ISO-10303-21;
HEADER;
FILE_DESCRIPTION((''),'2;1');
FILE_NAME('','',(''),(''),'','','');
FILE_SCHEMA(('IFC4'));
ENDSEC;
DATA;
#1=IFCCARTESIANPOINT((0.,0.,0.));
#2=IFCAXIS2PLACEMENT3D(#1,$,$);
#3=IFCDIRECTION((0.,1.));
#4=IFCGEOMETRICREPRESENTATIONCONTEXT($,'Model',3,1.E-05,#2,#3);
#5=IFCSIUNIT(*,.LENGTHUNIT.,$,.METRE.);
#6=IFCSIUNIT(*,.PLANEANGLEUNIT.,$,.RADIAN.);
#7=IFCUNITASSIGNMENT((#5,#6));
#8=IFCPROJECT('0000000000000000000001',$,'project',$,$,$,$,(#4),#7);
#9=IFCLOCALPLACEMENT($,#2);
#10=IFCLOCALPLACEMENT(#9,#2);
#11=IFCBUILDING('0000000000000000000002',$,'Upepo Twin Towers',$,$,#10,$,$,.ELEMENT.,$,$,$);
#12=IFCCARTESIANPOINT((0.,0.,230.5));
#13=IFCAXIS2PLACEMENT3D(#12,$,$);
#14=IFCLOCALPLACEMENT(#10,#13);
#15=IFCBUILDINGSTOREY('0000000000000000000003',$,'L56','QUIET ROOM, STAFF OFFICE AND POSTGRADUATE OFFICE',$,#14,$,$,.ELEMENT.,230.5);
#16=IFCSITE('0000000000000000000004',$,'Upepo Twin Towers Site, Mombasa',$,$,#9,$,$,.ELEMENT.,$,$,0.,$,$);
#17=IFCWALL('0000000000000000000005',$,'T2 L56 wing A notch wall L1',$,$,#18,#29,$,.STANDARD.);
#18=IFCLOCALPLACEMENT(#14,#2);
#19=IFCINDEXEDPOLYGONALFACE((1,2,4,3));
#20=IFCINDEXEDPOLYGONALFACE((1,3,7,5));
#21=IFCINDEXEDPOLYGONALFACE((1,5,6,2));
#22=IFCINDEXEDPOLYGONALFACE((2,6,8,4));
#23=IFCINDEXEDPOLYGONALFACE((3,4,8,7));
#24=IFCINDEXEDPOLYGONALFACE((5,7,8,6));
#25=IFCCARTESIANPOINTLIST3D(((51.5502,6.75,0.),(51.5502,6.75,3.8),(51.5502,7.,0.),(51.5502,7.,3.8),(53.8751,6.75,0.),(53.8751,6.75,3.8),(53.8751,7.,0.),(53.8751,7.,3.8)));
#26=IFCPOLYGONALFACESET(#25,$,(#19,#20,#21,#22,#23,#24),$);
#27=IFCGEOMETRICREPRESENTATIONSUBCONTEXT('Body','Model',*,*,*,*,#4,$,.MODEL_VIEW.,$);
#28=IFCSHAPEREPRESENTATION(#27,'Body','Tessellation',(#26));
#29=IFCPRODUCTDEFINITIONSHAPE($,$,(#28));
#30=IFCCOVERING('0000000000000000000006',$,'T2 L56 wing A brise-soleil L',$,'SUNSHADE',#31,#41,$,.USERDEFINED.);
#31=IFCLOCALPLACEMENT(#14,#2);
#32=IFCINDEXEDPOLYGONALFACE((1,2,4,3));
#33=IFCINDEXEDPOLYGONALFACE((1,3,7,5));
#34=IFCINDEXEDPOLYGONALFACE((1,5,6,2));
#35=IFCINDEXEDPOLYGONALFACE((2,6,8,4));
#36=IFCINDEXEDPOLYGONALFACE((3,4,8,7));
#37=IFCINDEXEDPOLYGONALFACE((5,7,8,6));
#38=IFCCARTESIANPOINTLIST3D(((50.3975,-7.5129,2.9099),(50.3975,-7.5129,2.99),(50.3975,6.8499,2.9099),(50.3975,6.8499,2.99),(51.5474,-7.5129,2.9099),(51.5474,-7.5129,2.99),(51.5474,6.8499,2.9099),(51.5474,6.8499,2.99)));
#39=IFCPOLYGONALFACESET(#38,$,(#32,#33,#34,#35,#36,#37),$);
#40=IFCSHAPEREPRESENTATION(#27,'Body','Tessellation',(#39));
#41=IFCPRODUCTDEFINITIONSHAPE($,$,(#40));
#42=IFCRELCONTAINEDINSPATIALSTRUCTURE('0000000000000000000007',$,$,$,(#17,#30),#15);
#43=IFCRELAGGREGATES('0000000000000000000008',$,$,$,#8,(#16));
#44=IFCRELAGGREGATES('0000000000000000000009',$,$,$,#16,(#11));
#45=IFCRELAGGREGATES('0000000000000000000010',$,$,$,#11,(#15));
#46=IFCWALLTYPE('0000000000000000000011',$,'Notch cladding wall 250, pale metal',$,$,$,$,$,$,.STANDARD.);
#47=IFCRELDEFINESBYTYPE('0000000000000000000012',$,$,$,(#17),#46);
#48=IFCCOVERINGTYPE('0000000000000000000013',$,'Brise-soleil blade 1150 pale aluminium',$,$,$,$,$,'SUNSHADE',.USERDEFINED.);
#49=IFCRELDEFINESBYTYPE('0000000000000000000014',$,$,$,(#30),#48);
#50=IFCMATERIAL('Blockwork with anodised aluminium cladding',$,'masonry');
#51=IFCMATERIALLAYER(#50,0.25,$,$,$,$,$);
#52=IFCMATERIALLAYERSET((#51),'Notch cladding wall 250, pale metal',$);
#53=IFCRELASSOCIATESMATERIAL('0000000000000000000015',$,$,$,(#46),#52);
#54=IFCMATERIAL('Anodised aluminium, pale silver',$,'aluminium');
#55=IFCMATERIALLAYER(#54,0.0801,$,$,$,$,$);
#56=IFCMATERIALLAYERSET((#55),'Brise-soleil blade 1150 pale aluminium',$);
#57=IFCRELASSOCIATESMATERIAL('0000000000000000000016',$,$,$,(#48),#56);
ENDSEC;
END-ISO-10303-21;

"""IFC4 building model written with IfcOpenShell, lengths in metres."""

from ifc_helpers import new_model, si_unit, direction, frame, frame_2d, origin, origin_2d, place, context, subcontext, project, spatial, rectangle, extrude, material, layer, layer_set, type_object, element, save


model = new_model("IFC4")

# Units and contexts
model_context = context("Model", 3, precision=1e-05, world=origin(), true_north=direction((0.0, 1.0)))
body_context = subcontext(model_context, "Body", "Model", "MODEL_VIEW")
ifc_project = project(units=[si_unit("LENGTHUNIT", "METRE"), si_unit("PLANEANGLEUNIT", "RADIAN")], contexts=[model_context])

# Site, building, storey
site_placement = place(None, origin())
site = spatial("IfcSite", under=ifc_project, at=site_placement, Name="Upepo Twin Towers Site, Mombasa", CompositionType="ELEMENT", RefElevation=0.0)
building_placement = place(site_placement, origin())
building = spatial("IfcBuilding", under=site, at=building_placement, Name="Upepo Twin Towers", CompositionType="ELEMENT")
storey_placement = place(building_placement, frame((0.0, 0.0, 230.5)))
storey = spatial("IfcBuildingStorey", under=building, at=storey_placement, Name="L56", Description="QUIET ROOM, STAFF OFFICE AND POSTGRADUATE OFFICE", CompositionType="ELEMENT", Elevation=230.5)

# Wall
ifc_material_1 = material(Name="Blockwork with anodised aluminium cladding", Category="masonry")
ifc_layer_1 = layer(ifc_material_1, 0.25)
ifc_layer_set_1 = layer_set([ifc_layer_1], Name="Notch cladding wall 250, pale metal")
wall_type_1 = type_object("IfcWallType", Name="Notch cladding wall 250, pale metal", PredefinedType="STANDARD", material=ifc_layer_set_1)
wall_1_placement = place(storey_placement, frame((51.55, 6.875, 0.0), z_axis=(0.0, 0.0, 1.0), x_axis=(1.0, 0.0, 0.0)))
element("IfcWall", 1, at=wall_1_placement, inside=storey, type_object=wall_type_1, Name="T2 L56 wing A notch wall L1", PredefinedType="STANDARD", context=body_context, shape_type="SweptSolid", body=[
    extrude(rectangle(XDim=2.325, YDim=0.25, at=frame_2d((1.1626, 0.0))), origin(), (0.0, 0.0, 1.0), 3.8),
])

# Covering
ifc_material_2 = material(Name="Anodised aluminium, pale silver", Category="aluminium")
ifc_layer_2 = layer(ifc_material_2, 0.0801)
ifc_layer_set_2 = layer_set([ifc_layer_2], Name="Brise-soleil blade 1150 pale aluminium")
covering_type = type_object("IfcCoveringType", Name="Brise-soleil blade 1150 pale aluminium", ElementType="SUNSHADE", PredefinedType="USERDEFINED", material=ifc_layer_set_2)
covering_placement = place(storey_placement, frame((50.9724, -0.3315, 2.9099), z_axis=(0.0, 0.0, 1.0), x_axis=(0.0, 1.0, 0.0)))
element("IfcCovering", 2, at=covering_placement, inside=storey, type_object=covering_type, Name="T2 L56 wing A brise-soleil L", ObjectType="SUNSHADE", PredefinedType="USERDEFINED", context=body_context, shape_type="SweptSolid", body=[
    extrude(rectangle(XDim=14.3628, YDim=1.1499, at=origin_2d()), origin(), (0.0, 0.0, 1.0), 0.0801),
])

save(model, "model.ifc")
